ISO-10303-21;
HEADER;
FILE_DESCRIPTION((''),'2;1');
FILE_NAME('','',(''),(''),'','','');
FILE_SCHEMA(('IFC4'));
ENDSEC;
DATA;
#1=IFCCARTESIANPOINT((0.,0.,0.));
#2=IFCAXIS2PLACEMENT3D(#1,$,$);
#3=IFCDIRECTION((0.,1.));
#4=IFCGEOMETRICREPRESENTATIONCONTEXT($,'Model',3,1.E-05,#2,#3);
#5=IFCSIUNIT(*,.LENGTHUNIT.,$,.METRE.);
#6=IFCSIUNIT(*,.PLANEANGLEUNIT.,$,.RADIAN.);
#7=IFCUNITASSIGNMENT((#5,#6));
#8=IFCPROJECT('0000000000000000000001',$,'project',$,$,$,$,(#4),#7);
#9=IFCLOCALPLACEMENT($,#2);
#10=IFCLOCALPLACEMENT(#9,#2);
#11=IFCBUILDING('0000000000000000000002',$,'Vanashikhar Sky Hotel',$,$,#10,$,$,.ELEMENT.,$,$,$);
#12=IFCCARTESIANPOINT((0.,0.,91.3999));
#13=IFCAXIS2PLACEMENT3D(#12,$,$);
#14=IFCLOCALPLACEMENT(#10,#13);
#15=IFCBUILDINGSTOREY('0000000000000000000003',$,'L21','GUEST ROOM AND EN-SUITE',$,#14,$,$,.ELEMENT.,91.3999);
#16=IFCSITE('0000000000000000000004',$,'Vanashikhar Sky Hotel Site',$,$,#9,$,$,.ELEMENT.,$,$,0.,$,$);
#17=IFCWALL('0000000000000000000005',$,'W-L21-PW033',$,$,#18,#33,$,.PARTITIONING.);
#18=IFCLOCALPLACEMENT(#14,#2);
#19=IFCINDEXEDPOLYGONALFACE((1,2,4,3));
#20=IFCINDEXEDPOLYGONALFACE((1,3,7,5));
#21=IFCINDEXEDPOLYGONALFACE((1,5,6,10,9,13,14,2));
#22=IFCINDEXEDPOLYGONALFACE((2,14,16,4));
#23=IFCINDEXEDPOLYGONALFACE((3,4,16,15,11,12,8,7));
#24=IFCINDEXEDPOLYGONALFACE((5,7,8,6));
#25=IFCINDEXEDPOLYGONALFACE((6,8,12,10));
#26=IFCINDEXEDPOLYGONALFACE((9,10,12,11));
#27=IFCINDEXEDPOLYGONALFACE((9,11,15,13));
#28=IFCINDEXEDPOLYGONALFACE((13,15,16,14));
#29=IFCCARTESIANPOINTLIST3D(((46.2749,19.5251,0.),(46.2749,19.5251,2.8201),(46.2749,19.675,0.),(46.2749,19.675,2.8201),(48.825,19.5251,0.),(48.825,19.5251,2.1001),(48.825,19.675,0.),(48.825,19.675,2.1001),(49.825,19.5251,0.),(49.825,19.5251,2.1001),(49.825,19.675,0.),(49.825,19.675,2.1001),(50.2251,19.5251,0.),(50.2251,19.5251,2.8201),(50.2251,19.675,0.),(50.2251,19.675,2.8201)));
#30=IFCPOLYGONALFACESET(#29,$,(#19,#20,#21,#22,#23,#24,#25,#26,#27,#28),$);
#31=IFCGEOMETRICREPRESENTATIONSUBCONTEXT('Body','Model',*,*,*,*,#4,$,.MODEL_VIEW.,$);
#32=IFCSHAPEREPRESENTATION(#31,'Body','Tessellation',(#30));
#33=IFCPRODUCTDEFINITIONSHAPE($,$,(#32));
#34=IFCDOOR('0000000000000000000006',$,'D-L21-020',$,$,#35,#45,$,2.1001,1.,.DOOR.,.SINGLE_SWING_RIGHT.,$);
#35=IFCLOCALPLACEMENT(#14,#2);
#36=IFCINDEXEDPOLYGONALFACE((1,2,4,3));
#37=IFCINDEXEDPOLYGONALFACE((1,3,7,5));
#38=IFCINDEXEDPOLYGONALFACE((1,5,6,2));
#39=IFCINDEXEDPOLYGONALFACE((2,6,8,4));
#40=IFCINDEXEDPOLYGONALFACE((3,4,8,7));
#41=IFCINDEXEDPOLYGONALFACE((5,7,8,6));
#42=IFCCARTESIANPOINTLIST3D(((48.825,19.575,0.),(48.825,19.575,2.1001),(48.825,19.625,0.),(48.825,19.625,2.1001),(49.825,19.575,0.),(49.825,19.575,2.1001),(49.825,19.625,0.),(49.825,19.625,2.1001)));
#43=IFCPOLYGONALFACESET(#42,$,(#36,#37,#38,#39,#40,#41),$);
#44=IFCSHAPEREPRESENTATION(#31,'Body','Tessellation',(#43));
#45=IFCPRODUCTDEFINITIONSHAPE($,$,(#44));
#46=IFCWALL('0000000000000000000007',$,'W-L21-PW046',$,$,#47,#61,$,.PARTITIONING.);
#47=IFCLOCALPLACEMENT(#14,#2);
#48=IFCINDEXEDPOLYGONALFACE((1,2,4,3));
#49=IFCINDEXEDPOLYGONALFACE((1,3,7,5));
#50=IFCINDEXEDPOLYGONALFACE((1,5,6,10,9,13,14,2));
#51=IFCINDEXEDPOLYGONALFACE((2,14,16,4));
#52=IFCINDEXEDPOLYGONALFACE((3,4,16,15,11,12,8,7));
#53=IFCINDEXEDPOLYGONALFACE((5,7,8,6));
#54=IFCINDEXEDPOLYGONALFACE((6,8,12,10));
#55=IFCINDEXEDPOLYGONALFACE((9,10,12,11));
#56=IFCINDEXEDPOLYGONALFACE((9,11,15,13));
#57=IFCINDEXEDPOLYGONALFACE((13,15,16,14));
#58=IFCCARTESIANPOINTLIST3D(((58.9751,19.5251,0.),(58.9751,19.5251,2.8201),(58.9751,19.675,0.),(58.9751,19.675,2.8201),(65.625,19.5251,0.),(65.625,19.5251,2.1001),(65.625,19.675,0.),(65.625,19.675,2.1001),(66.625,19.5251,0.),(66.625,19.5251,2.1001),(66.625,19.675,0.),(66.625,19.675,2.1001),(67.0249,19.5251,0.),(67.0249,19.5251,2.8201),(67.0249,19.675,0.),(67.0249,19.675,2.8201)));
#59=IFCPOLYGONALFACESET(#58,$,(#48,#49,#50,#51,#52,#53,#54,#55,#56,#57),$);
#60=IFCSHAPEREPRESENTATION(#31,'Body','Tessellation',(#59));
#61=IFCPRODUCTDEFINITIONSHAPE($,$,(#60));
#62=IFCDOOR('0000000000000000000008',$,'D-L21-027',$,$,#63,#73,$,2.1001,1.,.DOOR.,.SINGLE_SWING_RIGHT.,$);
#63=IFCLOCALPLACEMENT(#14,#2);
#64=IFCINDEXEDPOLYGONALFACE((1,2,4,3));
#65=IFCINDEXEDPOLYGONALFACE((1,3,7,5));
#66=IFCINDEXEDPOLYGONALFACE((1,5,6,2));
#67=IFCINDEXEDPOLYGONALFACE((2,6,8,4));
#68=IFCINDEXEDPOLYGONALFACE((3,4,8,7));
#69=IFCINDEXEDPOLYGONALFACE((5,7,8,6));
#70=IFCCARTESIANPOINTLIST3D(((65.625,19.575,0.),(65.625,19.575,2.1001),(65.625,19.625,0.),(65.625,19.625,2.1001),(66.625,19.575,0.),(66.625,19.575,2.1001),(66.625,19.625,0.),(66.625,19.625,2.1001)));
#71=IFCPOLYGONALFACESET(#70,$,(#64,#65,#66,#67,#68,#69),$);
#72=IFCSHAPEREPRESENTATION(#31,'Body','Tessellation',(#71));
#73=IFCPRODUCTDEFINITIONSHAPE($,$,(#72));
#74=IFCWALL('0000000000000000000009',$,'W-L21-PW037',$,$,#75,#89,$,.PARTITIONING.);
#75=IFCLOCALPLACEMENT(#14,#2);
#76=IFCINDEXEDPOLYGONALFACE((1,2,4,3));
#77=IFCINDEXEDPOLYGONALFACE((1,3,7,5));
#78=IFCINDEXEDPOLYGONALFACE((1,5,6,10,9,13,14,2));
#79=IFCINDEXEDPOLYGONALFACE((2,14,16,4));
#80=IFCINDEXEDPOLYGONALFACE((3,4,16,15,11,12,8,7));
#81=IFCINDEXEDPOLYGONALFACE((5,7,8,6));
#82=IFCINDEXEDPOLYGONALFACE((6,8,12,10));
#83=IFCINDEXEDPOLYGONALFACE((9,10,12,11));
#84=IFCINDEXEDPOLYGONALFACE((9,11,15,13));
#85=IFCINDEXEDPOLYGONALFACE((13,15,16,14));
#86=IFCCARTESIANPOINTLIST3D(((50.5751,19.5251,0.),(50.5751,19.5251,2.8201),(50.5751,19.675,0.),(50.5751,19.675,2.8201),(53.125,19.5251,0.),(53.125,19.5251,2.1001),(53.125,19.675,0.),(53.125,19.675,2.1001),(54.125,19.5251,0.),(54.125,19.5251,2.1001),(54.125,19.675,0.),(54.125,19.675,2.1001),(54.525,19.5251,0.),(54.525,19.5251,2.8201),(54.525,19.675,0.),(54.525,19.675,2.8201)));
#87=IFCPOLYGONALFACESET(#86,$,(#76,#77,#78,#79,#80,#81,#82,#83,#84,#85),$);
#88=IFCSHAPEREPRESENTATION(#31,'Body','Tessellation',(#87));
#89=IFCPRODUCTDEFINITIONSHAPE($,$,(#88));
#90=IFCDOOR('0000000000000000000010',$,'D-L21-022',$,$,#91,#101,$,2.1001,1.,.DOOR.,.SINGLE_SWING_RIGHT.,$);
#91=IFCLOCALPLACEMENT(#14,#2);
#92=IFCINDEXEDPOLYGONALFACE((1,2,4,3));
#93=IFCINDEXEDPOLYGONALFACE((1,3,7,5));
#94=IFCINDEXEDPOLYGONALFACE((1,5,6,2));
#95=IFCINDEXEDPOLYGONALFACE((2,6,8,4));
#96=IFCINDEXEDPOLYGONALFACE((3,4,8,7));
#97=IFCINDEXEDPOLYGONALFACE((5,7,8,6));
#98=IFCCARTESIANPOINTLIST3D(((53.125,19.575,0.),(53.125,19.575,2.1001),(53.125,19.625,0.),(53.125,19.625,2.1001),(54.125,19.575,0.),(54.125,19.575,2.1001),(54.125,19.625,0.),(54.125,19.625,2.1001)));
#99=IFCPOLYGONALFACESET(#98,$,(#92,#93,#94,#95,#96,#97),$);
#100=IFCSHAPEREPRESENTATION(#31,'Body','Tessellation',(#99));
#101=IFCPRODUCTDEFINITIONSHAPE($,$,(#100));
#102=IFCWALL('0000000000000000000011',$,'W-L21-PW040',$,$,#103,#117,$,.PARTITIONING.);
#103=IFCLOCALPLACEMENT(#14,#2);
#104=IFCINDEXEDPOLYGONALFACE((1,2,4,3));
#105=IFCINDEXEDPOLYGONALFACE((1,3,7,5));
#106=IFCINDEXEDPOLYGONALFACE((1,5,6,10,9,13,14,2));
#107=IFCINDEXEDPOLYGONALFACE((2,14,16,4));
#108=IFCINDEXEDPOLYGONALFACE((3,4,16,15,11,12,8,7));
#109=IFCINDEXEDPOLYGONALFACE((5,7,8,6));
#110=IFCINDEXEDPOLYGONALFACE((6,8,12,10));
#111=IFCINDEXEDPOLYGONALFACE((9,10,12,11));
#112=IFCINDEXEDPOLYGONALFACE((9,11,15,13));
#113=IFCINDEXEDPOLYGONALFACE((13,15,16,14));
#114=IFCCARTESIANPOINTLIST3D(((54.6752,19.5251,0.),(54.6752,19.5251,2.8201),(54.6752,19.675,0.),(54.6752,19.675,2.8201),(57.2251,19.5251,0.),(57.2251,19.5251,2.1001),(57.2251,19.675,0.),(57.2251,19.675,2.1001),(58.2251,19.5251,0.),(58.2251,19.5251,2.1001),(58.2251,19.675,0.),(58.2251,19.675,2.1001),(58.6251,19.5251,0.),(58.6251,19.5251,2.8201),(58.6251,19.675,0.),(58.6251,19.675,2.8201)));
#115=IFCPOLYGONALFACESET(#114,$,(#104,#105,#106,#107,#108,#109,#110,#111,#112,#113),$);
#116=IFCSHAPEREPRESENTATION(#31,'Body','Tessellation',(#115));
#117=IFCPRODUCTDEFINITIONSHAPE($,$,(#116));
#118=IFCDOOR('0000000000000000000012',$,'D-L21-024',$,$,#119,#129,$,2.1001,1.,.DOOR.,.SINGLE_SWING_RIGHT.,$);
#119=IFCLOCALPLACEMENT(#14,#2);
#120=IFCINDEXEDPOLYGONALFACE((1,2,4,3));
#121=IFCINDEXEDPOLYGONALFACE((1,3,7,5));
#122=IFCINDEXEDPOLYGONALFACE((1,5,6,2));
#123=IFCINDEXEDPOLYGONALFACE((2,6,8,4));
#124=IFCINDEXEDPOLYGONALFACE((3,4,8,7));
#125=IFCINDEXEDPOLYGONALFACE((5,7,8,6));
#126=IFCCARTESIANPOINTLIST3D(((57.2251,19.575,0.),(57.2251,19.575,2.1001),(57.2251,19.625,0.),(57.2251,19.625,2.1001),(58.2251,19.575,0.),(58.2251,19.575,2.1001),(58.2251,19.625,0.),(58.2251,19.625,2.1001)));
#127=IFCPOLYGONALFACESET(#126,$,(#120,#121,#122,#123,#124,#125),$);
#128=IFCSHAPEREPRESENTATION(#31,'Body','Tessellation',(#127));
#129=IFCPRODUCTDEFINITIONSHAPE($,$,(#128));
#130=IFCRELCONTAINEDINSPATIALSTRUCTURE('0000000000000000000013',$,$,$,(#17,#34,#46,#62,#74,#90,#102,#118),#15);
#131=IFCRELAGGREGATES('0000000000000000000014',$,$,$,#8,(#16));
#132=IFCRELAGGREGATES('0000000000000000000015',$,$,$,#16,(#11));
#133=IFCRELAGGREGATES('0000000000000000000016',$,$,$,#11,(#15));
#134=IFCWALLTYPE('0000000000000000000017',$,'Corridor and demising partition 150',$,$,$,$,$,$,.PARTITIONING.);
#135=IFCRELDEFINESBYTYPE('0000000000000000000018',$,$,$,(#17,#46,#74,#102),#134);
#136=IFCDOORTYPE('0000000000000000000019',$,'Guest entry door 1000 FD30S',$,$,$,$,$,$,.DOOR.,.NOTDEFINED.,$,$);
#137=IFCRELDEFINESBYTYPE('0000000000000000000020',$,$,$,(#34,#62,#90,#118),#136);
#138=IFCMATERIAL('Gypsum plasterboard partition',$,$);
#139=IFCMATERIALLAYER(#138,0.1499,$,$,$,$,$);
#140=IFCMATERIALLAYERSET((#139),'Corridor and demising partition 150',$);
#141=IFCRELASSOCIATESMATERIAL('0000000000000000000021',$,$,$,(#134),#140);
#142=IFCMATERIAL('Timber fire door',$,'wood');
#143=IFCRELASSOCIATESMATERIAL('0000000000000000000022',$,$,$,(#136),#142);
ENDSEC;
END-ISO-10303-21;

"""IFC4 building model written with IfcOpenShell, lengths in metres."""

from ifc_helpers import new_model, si_unit, direction, frame, frame_2d, origin, place, context, subcontext, project, spatial, rectangle, extrude, source, transform, mapped, material, layer, layer_set, type_object, element, fill, save


model = new_model("IFC4")

# Units and contexts
model_context = context("Model", 3, precision=1e-05, world=origin(), true_north=direction((0.0, 1.0)))
body_context = subcontext(model_context, "Body", "Model", "MODEL_VIEW")
ifc_project = project(units=[si_unit("LENGTHUNIT", "METRE"), si_unit("PLANEANGLEUNIT", "RADIAN")], contexts=[model_context])

# Site, building, storey
site_placement = place(None, origin())
site = spatial("IfcSite", under=ifc_project, at=site_placement, Name="Vanashikhar Sky Hotel Site", CompositionType="ELEMENT", RefElevation=0.0)
building_placement = place(site_placement, origin())
building = spatial("IfcBuilding", under=site, at=building_placement, Name="Vanashikhar Sky Hotel", CompositionType="ELEMENT")
storey_placement = place(building_placement, frame((0.0, 0.0, 91.3999)))
storey = spatial("IfcBuildingStorey", under=building, at=storey_placement, Name="L21", Description="GUEST ROOM AND EN-SUITE", CompositionType="ELEMENT", Elevation=91.3999)

# Shared definitions
shared_shape_1 = source(origin(), body_context, "Body", "SweptSolid", [
    extrude(rectangle(XDim=1.0, YDim=2.1001, at=frame_2d((0.5, 1.05))), frame((0.0, 0.0249, 0.0), z_axis=(0.0, -1.0, 0.0), x_axis=(1.0, 0.0, 0.0)), (0.0, 0.0, 1.0), 0.05),
])

# Walls, openings, doors
ifc_material_1 = material(Name="Gypsum plasterboard partition")
ifc_layer_1 = layer(ifc_material_1, 0.1499)
ifc_layer_set_1 = layer_set([ifc_layer_1], Name="Corridor and demising partition 150")
wall_type_1 = type_object("IfcWallType", Name="Corridor and demising partition 150", PredefinedType="PARTITIONING", material=ifc_layer_set_1)
shared_shape_2 = source(origin(), body_context, "Body", "SweptSolid", [
    extrude(rectangle(XDim=3.9502, YDim=0.1499, at=frame_2d((1.9751, 0.0))), origin(), (0.0, 0.0, 1.0), 2.8201),
])
wall_1_placement = place(storey_placement, frame((46.2749, 19.6001, 0.0), z_axis=(0.0, 0.0, 1.0), x_axis=(1.0, 0.0, 0.0)))
wall_1 = element("IfcWall", 1, at=wall_1_placement, inside=storey, type_object=wall_type_1, Name="W-L21-PW033", PredefinedType="PARTITIONING", context=body_context, shape_type="MappedRepresentation", body=[
    mapped(shared_shape_2, transform((0.0, 0.0, 0.0), scale=1.0)),
])
shared_shape_3 = source(origin(), body_context, "Body", "SweptSolid", [
    extrude(rectangle(XDim=1.0, YDim=2.1001, at=frame_2d((0.5, 1.05))), frame((0.0, 0.085, 0.0), z_axis=(0.0, -1.0, 0.0), x_axis=(1.0, 0.0, 0.0)), (0.0, 0.0, 1.0), 0.1699),
])
opening_1_placement = place(wall_1_placement, frame((2.55, 0.0, 0.0)))
opening_1 = element("IfcOpeningElement", 2, at=opening_1_placement, cuts=wall_1, PredefinedType="OPENING", context=body_context, shape_type="MappedRepresentation", body=[
    mapped(shared_shape_3, transform((0.0, 0.0, 0.0), scale=1.0)),
])
ifc_material_2 = material(Name="Timber fire door", Category="wood")
door_type_1 = type_object("IfcDoorType", Name="Guest entry door 1000 FD30S", OperationType="NOTDEFINED", PredefinedType="DOOR", material=ifc_material_2)
door_1_placement = place(opening_1_placement, origin())
door_1 = element("IfcDoor", 3, at=door_1_placement, inside=storey, type_object=door_type_1, Name="D-L21-020", OperationType="SINGLE_SWING_RIGHT", OverallHeight=2.1001, OverallWidth=1.0, PredefinedType="DOOR", context=body_context, shape_type="MappedRepresentation", body=[
    mapped(shared_shape_1, transform((0.0, 0.0, 0.0), scale=1.0)),
])
fill(opening_1, door_1)
shared_shape_4 = source(origin(), body_context, "Body", "SweptSolid", [
    extrude(rectangle(XDim=8.0498, YDim=0.1499, at=frame_2d((4.0249, 0.0))), origin(), (0.0, 0.0, 1.0), 2.8201),
])
wall_2_placement = place(storey_placement, frame((58.9751, 19.6001, 0.0), z_axis=(0.0, 0.0, 1.0), x_axis=(1.0, 0.0, 0.0)))
wall_2 = element("IfcWall", 4, at=wall_2_placement, inside=storey, type_object=wall_type_1, Name="W-L21-PW046", PredefinedType="PARTITIONING", context=body_context, shape_type="MappedRepresentation", body=[
    mapped(shared_shape_4, transform((0.0, 0.0, 0.0), scale=1.0)),
])
opening_2_placement = place(wall_2_placement, frame((6.6499, 0.0, 0.0)))
opening_2 = element("IfcOpeningElement", 5, at=opening_2_placement, cuts=wall_2, PredefinedType="OPENING", context=body_context, shape_type="MappedRepresentation", body=[
    mapped(shared_shape_3, transform((0.0, 0.0, 0.0), scale=1.0)),
])
door_2_placement = place(opening_2_placement, origin())
door_2 = element("IfcDoor", 6, at=door_2_placement, inside=storey, type_object=door_type_1, Name="D-L21-027", OperationType="SINGLE_SWING_RIGHT", OverallHeight=2.1001, OverallWidth=1.0, PredefinedType="DOOR", context=body_context, shape_type="MappedRepresentation", body=[
    mapped(shared_shape_1, transform((0.0, 0.0, 0.0), scale=1.0)),
])
fill(opening_2, door_2)
shared_shape_5 = source(origin(), body_context, "Body", "SweptSolid", [
    extrude(rectangle(XDim=3.95, YDim=0.1499, at=frame_2d((1.9751, 0.0))), origin(), (0.0, 0.0, 1.0), 2.8201),
])
wall_3_placement = place(storey_placement, frame((50.575, 19.6001, 0.0), z_axis=(0.0, 0.0, 1.0), x_axis=(1.0, 0.0, 0.0)))
wall_3 = element("IfcWall", 7, at=wall_3_placement, inside=storey, type_object=wall_type_1, Name="W-L21-PW037", PredefinedType="PARTITIONING", context=body_context, shape_type="MappedRepresentation", body=[
    mapped(shared_shape_5, transform((0.0, 0.0, 0.0), scale=1.0)),
])
opening_3_placement = place(wall_3_placement, frame((2.55, 0.0, 0.0)))
opening_3 = element("IfcOpeningElement", 8, at=opening_3_placement, cuts=wall_3, PredefinedType="OPENING", context=body_context, shape_type="MappedRepresentation", body=[
    mapped(shared_shape_3, transform((0.0, 0.0, 0.0), scale=1.0)),
])
door_3_placement = place(opening_3_placement, origin())
door_3 = element("IfcDoor", 9, at=door_3_placement, inside=storey, type_object=door_type_1, Name="D-L21-022", OperationType="SINGLE_SWING_RIGHT", OverallHeight=2.1001, OverallWidth=1.0, PredefinedType="DOOR", context=body_context, shape_type="MappedRepresentation", body=[
    mapped(shared_shape_1, transform((0.0, 0.0, 0.0), scale=1.0)),
])
fill(opening_3, door_3)
wall_4_placement = place(storey_placement, frame((54.675, 19.6001, 0.0), z_axis=(0.0, 0.0, 1.0), x_axis=(1.0, 0.0, 0.0)))
wall_4 = element("IfcWall", 10, at=wall_4_placement, inside=storey, type_object=wall_type_1, Name="W-L21-PW040", PredefinedType="PARTITIONING", context=body_context, shape_type="MappedRepresentation", body=[
    mapped(shared_shape_5, transform((0.0, 0.0, 0.0), scale=1.0)),
])
opening_4_placement = place(wall_4_placement, frame((2.55, 0.0, 0.0)))
opening_4 = element("IfcOpeningElement", 11, at=opening_4_placement, cuts=wall_4, PredefinedType="OPENING", context=body_context, shape_type="MappedRepresentation", body=[
    mapped(shared_shape_3, transform((0.0, 0.0, 0.0), scale=1.0)),
])
door_4_placement = place(opening_4_placement, origin())
door_4 = element("IfcDoor", 12, at=door_4_placement, inside=storey, type_object=door_type_1, Name="D-L21-024", OperationType="SINGLE_SWING_RIGHT", OverallHeight=2.1001, OverallWidth=1.0, PredefinedType="DOOR", context=body_context, shape_type="MappedRepresentation", body=[
    mapped(shared_shape_1, transform((0.0, 0.0, 0.0), scale=1.0)),
])
fill(opening_4, door_4)

save(model, "model.ifc")
